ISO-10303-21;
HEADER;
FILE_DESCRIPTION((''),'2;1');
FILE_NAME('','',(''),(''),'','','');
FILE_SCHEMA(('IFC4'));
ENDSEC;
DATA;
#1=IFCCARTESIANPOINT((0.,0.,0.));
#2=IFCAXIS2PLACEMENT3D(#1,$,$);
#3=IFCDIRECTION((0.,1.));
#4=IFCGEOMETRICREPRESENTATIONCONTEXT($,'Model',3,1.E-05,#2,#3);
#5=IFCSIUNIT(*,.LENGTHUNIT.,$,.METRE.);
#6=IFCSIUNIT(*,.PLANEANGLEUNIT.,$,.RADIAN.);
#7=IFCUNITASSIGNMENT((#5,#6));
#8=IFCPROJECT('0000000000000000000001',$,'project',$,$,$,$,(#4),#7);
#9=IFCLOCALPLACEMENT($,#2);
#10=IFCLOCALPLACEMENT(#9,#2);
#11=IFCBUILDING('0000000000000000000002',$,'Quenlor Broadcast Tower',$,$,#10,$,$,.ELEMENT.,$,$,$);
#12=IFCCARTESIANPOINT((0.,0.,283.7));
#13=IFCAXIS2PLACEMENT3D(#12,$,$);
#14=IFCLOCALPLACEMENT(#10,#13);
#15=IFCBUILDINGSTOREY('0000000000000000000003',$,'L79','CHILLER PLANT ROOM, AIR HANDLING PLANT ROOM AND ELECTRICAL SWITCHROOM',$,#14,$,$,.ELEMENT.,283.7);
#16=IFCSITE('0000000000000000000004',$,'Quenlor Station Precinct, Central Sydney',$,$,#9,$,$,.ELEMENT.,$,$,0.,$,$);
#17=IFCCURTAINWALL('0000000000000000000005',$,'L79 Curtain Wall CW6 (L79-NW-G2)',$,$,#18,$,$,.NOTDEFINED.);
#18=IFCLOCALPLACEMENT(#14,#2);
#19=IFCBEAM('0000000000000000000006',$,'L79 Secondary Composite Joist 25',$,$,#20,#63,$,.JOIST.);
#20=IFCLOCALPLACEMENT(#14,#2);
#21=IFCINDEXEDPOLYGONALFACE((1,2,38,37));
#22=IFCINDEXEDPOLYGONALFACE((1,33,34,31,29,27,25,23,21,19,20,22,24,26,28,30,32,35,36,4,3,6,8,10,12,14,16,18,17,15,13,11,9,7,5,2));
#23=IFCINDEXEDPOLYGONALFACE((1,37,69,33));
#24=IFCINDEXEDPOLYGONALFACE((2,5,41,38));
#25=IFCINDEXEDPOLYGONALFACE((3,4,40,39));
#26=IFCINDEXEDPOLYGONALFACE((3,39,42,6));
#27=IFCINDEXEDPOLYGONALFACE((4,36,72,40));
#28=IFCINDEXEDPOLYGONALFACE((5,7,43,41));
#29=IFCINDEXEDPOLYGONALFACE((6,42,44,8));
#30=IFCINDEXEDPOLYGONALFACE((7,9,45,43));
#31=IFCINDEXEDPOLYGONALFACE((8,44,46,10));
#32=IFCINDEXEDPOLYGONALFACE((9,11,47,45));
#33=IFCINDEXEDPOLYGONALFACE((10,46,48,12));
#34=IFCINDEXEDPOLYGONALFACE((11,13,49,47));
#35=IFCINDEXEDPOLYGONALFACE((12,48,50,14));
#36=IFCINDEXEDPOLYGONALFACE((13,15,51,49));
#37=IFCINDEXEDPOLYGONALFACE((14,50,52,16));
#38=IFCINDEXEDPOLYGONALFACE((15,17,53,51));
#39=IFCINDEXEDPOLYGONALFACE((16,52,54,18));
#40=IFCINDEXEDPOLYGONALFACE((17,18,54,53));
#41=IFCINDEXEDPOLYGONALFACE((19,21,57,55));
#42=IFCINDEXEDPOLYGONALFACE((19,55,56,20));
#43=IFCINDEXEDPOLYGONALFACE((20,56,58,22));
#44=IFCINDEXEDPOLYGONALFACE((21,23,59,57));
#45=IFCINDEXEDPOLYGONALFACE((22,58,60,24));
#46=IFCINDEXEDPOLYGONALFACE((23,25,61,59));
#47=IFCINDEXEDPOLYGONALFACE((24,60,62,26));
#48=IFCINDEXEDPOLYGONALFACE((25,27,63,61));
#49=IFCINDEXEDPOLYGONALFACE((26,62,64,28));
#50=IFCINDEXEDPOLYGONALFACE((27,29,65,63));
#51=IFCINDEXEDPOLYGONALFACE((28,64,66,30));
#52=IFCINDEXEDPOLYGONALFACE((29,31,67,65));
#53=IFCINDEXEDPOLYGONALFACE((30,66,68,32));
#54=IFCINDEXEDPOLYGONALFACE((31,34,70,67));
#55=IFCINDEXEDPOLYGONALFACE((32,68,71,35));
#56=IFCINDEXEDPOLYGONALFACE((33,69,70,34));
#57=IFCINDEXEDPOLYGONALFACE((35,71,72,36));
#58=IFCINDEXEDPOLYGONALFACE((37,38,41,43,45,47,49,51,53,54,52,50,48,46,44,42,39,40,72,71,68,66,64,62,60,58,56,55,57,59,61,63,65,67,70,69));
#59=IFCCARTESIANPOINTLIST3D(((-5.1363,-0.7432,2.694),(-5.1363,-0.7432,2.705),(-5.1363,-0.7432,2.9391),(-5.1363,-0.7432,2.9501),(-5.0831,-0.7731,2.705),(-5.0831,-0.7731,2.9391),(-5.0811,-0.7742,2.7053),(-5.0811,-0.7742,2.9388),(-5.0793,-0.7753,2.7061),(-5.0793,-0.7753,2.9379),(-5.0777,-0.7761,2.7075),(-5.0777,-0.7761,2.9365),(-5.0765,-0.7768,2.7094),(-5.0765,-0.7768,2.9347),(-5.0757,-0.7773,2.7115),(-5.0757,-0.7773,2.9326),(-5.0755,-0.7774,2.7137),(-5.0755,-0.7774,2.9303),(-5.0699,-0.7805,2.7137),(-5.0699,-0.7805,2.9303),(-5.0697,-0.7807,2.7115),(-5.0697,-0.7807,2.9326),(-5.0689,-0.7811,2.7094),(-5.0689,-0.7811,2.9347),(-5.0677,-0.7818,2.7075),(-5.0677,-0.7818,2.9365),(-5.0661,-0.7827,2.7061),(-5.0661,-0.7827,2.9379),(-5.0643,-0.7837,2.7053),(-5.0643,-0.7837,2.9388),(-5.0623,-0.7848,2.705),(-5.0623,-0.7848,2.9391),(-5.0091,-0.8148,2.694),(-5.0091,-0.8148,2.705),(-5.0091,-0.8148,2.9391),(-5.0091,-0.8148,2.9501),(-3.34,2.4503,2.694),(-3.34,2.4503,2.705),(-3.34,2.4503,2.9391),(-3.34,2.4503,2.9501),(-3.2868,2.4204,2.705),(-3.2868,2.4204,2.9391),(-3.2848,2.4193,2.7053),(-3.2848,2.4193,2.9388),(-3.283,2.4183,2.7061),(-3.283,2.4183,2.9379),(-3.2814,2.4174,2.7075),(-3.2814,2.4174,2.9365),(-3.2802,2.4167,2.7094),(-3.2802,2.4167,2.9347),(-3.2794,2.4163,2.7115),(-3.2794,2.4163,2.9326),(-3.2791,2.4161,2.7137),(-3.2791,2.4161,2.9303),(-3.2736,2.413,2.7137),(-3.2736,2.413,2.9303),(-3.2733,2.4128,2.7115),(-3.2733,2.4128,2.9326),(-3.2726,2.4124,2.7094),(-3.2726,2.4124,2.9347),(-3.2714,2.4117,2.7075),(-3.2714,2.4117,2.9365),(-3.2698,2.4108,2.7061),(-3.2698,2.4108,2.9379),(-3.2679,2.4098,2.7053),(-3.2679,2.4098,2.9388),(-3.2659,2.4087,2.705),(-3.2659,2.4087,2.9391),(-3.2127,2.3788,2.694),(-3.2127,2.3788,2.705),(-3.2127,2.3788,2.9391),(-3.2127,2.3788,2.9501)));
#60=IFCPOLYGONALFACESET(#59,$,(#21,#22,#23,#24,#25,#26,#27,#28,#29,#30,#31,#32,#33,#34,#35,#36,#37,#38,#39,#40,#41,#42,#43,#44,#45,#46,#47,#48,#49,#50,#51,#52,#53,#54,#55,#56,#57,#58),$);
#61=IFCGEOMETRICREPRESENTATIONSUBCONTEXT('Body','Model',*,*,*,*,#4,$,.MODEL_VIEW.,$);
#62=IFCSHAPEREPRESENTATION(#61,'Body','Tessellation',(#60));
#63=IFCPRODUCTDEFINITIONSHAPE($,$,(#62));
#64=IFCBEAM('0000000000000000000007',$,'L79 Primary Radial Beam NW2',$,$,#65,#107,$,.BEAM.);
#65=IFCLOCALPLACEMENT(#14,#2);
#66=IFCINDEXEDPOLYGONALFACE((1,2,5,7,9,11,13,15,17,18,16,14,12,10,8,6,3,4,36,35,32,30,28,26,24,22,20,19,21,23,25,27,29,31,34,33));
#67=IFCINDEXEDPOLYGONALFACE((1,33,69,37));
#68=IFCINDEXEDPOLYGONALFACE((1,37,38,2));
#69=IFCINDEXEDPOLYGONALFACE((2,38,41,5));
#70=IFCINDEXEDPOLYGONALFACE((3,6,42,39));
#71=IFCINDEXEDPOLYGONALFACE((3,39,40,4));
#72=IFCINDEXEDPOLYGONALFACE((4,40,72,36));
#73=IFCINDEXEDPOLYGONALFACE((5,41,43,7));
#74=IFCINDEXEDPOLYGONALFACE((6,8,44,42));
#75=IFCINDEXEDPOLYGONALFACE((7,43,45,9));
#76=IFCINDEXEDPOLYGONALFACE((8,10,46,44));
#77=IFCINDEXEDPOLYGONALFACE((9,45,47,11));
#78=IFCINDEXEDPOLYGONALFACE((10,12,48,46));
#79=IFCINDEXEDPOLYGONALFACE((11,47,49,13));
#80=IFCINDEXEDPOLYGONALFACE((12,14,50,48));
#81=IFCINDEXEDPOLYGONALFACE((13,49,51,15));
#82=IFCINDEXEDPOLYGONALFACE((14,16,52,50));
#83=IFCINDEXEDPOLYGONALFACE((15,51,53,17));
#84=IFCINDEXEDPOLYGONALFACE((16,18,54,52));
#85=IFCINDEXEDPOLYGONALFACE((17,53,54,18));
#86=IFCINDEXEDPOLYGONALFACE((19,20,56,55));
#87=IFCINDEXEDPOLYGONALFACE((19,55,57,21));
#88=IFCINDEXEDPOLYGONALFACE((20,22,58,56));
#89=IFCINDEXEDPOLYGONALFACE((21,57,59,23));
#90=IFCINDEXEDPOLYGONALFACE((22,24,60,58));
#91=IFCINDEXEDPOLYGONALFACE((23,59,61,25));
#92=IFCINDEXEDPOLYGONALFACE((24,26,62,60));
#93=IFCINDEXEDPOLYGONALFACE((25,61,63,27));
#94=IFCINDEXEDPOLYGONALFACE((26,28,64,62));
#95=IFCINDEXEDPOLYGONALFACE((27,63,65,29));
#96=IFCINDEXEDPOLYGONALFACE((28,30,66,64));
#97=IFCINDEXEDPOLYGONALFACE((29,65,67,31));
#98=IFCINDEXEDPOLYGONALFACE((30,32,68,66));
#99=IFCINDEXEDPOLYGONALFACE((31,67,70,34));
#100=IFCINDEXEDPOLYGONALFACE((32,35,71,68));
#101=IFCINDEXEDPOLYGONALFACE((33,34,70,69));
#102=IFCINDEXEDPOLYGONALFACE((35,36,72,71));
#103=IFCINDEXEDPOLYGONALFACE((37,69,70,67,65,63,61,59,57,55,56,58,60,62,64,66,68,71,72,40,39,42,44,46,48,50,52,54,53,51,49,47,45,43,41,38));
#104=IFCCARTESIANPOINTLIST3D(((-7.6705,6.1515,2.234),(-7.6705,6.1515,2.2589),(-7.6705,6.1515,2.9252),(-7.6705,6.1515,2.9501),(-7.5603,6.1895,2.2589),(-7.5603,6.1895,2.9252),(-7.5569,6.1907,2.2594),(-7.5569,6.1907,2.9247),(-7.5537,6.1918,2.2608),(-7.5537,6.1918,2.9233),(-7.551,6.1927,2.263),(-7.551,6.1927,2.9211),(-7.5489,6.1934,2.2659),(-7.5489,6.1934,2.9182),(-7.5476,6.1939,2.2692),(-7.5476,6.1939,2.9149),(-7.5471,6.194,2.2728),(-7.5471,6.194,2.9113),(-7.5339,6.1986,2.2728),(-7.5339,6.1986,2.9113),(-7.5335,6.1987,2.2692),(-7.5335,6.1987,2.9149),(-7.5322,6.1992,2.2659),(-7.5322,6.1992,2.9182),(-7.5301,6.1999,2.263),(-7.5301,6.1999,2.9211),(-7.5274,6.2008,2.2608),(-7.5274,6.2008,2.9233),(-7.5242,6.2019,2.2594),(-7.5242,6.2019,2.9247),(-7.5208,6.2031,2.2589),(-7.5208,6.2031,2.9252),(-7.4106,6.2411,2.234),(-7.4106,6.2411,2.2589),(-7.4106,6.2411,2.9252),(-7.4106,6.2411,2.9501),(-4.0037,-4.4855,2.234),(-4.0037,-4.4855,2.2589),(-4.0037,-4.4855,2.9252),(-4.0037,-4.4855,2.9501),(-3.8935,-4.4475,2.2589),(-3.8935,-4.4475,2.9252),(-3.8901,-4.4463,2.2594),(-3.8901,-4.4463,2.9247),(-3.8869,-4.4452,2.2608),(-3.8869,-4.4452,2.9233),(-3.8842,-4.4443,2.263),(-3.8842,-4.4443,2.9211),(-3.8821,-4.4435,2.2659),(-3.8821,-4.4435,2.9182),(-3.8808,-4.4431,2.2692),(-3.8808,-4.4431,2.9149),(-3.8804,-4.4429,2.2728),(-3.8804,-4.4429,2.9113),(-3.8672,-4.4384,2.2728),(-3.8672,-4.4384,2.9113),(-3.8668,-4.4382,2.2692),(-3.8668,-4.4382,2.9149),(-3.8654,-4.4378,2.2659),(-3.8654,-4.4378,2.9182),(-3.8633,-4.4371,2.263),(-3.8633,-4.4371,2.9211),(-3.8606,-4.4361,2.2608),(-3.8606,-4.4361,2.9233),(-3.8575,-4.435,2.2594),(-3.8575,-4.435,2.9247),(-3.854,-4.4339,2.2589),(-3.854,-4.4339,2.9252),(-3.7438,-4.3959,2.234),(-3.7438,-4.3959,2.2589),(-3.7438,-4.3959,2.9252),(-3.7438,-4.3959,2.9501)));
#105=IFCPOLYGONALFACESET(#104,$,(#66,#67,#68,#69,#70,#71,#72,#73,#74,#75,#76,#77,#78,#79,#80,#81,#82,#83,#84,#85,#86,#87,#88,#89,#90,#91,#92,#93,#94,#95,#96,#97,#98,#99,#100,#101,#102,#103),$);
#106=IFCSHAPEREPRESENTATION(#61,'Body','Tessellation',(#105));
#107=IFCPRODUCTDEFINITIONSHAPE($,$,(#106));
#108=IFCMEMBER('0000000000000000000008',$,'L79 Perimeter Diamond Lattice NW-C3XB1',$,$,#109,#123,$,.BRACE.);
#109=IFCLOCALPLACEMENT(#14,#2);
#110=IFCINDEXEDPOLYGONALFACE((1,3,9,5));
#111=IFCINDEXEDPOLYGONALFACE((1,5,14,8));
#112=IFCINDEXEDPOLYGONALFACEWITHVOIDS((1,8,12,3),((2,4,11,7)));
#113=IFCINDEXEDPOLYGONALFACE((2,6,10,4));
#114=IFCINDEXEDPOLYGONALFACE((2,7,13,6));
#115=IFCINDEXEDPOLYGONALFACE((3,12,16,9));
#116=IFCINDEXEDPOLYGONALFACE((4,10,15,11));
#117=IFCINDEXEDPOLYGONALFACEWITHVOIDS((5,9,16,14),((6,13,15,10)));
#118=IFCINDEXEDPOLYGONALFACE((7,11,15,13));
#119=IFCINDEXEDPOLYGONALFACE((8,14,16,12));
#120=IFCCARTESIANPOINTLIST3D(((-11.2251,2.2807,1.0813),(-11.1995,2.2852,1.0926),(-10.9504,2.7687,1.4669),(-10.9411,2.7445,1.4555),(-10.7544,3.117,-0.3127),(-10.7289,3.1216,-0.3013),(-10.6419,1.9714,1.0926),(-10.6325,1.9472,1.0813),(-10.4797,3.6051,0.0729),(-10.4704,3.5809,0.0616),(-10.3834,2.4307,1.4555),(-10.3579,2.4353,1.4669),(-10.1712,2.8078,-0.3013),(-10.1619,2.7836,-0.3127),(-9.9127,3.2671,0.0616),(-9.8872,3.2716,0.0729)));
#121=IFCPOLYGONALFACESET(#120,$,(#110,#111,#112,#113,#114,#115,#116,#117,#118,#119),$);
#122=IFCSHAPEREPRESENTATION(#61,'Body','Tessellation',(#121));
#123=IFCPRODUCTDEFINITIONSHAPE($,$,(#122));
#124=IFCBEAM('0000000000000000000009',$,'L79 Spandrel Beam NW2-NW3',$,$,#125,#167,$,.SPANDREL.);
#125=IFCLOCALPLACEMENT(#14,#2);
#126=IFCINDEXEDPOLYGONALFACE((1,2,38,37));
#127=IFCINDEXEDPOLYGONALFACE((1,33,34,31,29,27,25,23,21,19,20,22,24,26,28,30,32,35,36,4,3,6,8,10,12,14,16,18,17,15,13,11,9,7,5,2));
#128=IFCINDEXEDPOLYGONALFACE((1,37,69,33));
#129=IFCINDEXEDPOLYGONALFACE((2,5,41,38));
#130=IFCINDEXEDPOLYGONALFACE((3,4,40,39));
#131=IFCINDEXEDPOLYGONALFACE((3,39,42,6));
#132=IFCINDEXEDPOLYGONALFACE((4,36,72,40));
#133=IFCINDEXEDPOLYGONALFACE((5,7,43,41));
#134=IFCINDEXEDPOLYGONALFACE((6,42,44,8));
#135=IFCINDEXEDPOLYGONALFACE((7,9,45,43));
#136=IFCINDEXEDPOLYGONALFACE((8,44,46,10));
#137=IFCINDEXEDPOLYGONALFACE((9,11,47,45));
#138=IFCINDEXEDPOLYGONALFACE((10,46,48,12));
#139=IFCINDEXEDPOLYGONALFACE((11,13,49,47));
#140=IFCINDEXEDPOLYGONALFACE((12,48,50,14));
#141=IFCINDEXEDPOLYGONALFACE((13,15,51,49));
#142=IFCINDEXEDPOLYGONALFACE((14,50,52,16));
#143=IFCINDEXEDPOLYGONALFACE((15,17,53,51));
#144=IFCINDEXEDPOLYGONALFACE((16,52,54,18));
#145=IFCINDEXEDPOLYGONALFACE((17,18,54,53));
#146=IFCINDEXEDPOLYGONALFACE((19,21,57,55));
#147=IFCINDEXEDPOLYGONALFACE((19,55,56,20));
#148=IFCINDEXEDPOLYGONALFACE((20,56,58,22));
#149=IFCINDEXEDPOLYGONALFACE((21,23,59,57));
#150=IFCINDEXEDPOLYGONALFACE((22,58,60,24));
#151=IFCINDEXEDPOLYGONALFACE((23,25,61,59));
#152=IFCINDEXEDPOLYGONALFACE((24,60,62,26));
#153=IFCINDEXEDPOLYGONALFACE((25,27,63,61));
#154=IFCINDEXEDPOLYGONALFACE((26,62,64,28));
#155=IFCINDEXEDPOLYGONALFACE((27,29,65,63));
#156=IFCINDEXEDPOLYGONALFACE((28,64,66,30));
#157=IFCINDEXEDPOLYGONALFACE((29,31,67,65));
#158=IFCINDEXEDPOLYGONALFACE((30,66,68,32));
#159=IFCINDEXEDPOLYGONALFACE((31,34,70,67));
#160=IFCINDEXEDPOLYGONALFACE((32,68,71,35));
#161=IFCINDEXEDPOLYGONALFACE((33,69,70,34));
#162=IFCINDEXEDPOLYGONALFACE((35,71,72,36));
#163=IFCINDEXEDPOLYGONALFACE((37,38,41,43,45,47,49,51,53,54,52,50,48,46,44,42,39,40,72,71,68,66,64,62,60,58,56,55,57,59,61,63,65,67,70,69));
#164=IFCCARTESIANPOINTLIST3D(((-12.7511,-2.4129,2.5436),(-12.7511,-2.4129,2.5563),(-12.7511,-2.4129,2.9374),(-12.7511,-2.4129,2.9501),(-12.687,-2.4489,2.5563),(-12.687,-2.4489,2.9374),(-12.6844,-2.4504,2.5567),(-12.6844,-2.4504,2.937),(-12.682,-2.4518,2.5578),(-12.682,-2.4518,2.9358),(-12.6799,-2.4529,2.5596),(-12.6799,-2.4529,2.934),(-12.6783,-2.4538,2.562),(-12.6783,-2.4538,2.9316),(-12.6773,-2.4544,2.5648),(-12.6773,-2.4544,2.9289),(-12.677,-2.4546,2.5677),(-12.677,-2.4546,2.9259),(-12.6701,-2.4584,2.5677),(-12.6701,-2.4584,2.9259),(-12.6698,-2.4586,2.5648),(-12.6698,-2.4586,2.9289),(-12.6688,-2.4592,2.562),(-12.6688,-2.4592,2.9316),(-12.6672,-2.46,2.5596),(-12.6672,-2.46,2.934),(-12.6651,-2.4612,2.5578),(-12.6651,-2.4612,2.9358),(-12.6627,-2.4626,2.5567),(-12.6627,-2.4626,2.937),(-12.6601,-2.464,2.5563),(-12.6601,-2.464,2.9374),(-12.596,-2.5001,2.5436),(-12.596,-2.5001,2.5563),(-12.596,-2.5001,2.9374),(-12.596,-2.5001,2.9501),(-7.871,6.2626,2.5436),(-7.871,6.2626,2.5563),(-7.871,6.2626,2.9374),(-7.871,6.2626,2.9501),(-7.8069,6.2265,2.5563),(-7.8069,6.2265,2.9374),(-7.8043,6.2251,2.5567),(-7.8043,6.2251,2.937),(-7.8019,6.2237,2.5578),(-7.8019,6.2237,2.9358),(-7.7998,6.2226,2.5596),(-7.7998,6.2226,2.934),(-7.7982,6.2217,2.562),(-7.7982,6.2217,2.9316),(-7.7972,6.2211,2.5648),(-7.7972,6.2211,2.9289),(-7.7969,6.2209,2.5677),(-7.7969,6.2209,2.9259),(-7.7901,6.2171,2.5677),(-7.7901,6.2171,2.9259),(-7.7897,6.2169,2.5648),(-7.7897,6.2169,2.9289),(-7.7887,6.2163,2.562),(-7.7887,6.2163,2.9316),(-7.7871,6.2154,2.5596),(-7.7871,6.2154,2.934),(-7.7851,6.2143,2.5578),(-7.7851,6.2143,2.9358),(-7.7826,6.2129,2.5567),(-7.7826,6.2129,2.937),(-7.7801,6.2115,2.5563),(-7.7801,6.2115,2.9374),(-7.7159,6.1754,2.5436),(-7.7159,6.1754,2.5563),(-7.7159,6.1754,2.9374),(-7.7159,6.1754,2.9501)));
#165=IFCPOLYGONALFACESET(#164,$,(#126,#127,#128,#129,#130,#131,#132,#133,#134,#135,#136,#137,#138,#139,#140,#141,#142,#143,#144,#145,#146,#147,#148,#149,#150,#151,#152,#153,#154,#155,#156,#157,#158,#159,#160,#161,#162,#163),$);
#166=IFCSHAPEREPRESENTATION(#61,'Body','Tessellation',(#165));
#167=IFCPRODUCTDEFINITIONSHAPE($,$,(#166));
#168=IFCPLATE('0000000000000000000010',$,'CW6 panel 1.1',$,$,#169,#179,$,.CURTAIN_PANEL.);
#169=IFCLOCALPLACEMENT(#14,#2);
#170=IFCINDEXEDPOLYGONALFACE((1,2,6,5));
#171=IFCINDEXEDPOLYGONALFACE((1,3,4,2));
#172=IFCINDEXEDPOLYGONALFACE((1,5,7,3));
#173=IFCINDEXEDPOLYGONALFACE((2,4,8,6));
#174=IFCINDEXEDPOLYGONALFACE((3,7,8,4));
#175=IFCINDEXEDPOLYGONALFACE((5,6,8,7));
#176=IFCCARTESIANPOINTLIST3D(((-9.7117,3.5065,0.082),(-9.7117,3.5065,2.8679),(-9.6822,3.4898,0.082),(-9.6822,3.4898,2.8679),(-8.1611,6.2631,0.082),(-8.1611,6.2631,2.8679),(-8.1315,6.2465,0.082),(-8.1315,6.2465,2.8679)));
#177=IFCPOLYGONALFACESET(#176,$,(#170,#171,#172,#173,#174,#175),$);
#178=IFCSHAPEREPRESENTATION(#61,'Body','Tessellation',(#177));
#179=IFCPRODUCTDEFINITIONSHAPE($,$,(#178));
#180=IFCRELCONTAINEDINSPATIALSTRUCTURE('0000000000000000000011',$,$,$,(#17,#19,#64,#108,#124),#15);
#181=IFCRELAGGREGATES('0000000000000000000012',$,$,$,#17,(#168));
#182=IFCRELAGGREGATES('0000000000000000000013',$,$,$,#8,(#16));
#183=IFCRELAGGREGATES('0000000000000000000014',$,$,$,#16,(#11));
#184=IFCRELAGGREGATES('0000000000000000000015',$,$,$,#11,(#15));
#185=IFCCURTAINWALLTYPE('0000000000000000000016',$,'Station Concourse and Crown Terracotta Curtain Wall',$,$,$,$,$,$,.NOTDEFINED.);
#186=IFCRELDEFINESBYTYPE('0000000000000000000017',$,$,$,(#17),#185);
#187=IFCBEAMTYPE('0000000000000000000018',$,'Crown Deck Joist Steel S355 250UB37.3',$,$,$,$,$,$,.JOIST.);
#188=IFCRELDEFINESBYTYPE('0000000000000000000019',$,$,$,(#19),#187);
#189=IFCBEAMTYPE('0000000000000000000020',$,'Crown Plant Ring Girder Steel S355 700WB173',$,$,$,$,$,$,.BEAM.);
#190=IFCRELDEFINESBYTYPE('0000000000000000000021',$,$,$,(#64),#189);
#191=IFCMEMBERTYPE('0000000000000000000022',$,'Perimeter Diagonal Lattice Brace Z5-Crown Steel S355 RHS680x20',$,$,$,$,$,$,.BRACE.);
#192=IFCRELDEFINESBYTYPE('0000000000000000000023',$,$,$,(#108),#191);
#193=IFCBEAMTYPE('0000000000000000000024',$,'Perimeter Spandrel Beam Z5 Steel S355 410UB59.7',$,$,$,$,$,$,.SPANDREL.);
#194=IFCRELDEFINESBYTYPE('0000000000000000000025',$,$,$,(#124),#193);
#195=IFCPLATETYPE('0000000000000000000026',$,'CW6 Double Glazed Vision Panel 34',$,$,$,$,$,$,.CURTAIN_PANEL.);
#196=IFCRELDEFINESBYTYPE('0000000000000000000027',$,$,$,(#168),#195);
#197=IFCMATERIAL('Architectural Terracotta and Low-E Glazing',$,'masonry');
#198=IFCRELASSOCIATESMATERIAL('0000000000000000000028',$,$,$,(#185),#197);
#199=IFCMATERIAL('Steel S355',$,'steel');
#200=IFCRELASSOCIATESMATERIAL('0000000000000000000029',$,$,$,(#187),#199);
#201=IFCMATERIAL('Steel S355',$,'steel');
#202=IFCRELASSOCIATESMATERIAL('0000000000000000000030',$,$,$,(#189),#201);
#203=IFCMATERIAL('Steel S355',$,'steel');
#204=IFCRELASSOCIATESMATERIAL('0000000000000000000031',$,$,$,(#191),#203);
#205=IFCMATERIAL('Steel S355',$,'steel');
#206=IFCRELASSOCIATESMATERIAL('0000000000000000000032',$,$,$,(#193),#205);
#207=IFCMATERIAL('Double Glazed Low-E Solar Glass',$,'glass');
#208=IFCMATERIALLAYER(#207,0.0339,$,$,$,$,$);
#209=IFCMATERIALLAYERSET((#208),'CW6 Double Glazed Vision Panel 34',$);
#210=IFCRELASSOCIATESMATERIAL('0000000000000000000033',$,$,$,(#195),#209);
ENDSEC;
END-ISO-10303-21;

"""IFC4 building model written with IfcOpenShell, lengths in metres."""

from ifc_helpers import new_model, si_unit, direction, frame, origin, origin_2d, place, context, subcontext, project, spatial, rectangle, hollow_rectangle, i_section, extrude, material, layer, layer_set, material_profile, profile_set, type_object, element, aggregate, save


model = new_model("IFC4")

# Units and contexts
model_context = context("Model", 3, precision=1e-05, world=origin(), true_north=direction((0.0, 1.0)))
body_context = subcontext(model_context, "Body", "Model", "MODEL_VIEW")
ifc_project = project(units=[si_unit("LENGTHUNIT", "METRE"), si_unit("PLANEANGLEUNIT", "RADIAN")], contexts=[model_context])

# Site, building, storey
site_placement = place(None, origin())
site = spatial("IfcSite", under=ifc_project, at=site_placement, Name="Quenlor Station Precinct, Central Sydney", CompositionType="ELEMENT", RefElevation=0.0)
building_placement = place(site_placement, origin())
building = spatial("IfcBuilding", under=site, at=building_placement, Name="Quenlor Broadcast Tower", CompositionType="ELEMENT")
storey_placement = place(building_placement, frame((0.0, 0.0, 283.7)))
storey = spatial("IfcBuildingStorey", under=building, at=storey_placement, Name="L79", Description="CHILLER PLANT ROOM, AIR HANDLING PLANT ROOM AND ELECTRICAL SWITCHROOM", CompositionType="ELEMENT", Elevation=283.7)

# Curtain wall
ifc_material_1 = material(Name="Architectural Terracotta and Low-E Glazing", Category="masonry")
curtain_wall_type = type_object("IfcCurtainWallType", Name="Station Concourse and Crown Terracotta Curtain Wall", PredefinedType="NOTDEFINED", material=ifc_material_1)
curtain_wall_placement = place(storey_placement, origin())
curtain_wall = element("IfcCurtainWall", 1, at=curtain_wall_placement, inside=storey, type_object=curtain_wall_type, Name="L79 Curtain Wall CW6 (L79-NW-G2)", PredefinedType="NOTDEFINED")

# Beams
ifc_material_2 = material(Name="Steel S355", Category="steel")
ifc_material_profile_1 = material_profile(ifc_material_2, i_section(OverallWidth=0.146, OverallDepth=0.2561, WebThickness=0.0063, FlangeThickness=0.011, FilletRadius=0.0088, at=origin_2d()))
ifc_profile_set_1 = profile_set([ifc_material_profile_1], Name="Steel S355 250UB37.3")
beam_type_1 = type_object("IfcBeamType", Name="Crown Deck Joist Steel S355 250UB37.3", PredefinedType="JOIST", material=ifc_profile_set_1)
beam_1_placement = place(storey_placement, frame((-3.2764, 2.4146, 2.822), z_axis=(-0.490258, -0.871577, 0.0), x_axis=(0.871577, -0.490258, 0.0)))
element("IfcBeam", 2, at=beam_1_placement, inside=storey, type_object=beam_type_1, Name="L79 Secondary Composite Joist 25", PredefinedType="JOIST", context=body_context, shape_type="SweptSolid", body=[
    extrude(i_section(OverallWidth=0.146, OverallDepth=0.2561, WebThickness=0.0063, FlangeThickness=0.011, FilletRadius=0.0088, at=origin_2d()), origin(), (0.0, 0.0, 1.0), 3.6641),
])
ifc_material_3 = material(Name="Steel S355", Category="steel")
ifc_material_profile_2 = material_profile(ifc_material_3, i_section(OverallWidth=0.2749, OverallDepth=0.7161, WebThickness=0.0139, FlangeThickness=0.0249, FilletRadius=0.0139, at=origin_2d()))
ifc_profile_set_2 = profile_set([ifc_material_profile_2], Name="Steel S355 700WB173")
beam_type_2 = type_object("IfcBeamType", Name="Crown Plant Ring Girder Steel S355 700WB173", PredefinedType="BEAM", material=ifc_profile_set_2)
beam_2_placement = place(storey_placement, frame((-7.5405, 6.1963, 2.592), z_axis=(0.325898, -0.945405, 0.0), x_axis=(0.945405, 0.325898, 0.0)))
element("IfcBeam", 3, at=beam_2_placement, inside=storey, type_object=beam_type_2, Name="L79 Primary Radial Beam NW2", PredefinedType="BEAM", context=body_context, shape_type="SweptSolid", body=[
    extrude(i_section(OverallWidth=0.2749, OverallDepth=0.7161, WebThickness=0.0139, FlangeThickness=0.0249, FilletRadius=0.0139, at=origin_2d()), origin(), (0.0, 0.0, 1.0), 11.2512),
])

# Member
ifc_material_4 = material(Name="Steel S355", Category="steel")
ifc_material_profile_3 = material_profile(ifc_material_4, hollow_rectangle(XDim=0.6799, YDim=0.6799, WallThickness=0.02, at=origin_2d()))
ifc_profile_set_3 = profile_set([ifc_material_profile_3], Name="Steel S355 RHS680x680x20")
member_type_1 = type_object("IfcMemberType", Name="Perimeter Diagonal Lattice Brace Z5-Crown Steel S355 RHS680x20", PredefinedType="BRACE", material=ifc_profile_set_3)
member_1_placement = place(storey_placement, frame((-10.3208, 3.1943, -0.1199), z_axis=(-0.278113, -0.494198, 0.823664), x_axis=(0.87148, -0.49043, 0.0)))
element("IfcMember", 4, at=member_1_placement, inside=storey, type_object=member_type_1, Name="L79 Perimeter Diamond Lattice NW-C3XB1", PredefinedType="BRACE", context=body_context, shape_type="SweptSolid", body=[
    extrude(hollow_rectangle(XDim=0.6799, YDim=0.6799, WallThickness=0.02, at=origin_2d()), origin(), (0.0, 0.0, 1.0), 1.6924),
])

# Beam
ifc_material_5 = material(Name="Steel S355", Category="steel")
ifc_material_profile_4 = material_profile(ifc_material_5, i_section(OverallWidth=0.178, OverallDepth=0.4065, WebThickness=0.0078, FlangeThickness=0.0127, FilletRadius=0.0115, at=origin_2d()))
ifc_profile_set_4 = profile_set([ifc_material_profile_4], Name="Steel S355 410UB59.7")
beam_type_3 = type_object("IfcBeamType", Name="Perimeter Spandrel Beam Z5 Steel S355 410UB59.7", PredefinedType="SPANDREL", material=ifc_profile_set_4)
beam_3_placement = place(storey_placement, frame((-7.7935, 6.219, 2.7468), z_axis=(-0.490272, -0.87157, 0.0), x_axis=(0.87157, -0.490272, 0.0)))
element("IfcBeam", 5, at=beam_3_placement, inside=storey, type_object=beam_type_3, Name="L79 Spandrel Beam NW2-NW3", PredefinedType="SPANDREL", context=body_context, shape_type="SweptSolid", body=[
    extrude(i_section(OverallWidth=0.178, OverallDepth=0.4065, WebThickness=0.0078, FlangeThickness=0.0127, FilletRadius=0.0115, at=origin_2d()), origin(), (0.0, 0.0, 1.0), 9.9539),
])

# Plate
ifc_material_6 = material(Name="Double Glazed Low-E Solar Glass", Category="glass")
ifc_layer_1 = layer(ifc_material_6, 0.0339)
ifc_layer_set_1 = layer_set([ifc_layer_1], Name="CW6 Double Glazed Vision Panel 34")
plate_type_1 = type_object("IfcPlateType", Name="CW6 Double Glazed Vision Panel 34", PredefinedType="CURTAIN_PANEL", material=ifc_layer_set_1)
plate_1_placement = place(storey_placement, frame((-8.9216, 4.8765, 0.082), z_axis=(0.0, 0.0, 1.0), x_axis=(0.490268, 0.871572, 0.0)))
plate_1 = element("IfcPlate", 6, at=plate_1_placement, type_object=plate_type_1, Name="CW6 panel 1.1", PredefinedType="CURTAIN_PANEL", context=body_context, shape_type="SweptSolid", body=[
    extrude(rectangle(XDim=3.1628, YDim=0.0339, at=origin_2d()), origin(), (0.0, 0.0, 1.0), 2.7859),
])
aggregate(curtain_wall, [plate_1])

save(model, "model.ifc")
